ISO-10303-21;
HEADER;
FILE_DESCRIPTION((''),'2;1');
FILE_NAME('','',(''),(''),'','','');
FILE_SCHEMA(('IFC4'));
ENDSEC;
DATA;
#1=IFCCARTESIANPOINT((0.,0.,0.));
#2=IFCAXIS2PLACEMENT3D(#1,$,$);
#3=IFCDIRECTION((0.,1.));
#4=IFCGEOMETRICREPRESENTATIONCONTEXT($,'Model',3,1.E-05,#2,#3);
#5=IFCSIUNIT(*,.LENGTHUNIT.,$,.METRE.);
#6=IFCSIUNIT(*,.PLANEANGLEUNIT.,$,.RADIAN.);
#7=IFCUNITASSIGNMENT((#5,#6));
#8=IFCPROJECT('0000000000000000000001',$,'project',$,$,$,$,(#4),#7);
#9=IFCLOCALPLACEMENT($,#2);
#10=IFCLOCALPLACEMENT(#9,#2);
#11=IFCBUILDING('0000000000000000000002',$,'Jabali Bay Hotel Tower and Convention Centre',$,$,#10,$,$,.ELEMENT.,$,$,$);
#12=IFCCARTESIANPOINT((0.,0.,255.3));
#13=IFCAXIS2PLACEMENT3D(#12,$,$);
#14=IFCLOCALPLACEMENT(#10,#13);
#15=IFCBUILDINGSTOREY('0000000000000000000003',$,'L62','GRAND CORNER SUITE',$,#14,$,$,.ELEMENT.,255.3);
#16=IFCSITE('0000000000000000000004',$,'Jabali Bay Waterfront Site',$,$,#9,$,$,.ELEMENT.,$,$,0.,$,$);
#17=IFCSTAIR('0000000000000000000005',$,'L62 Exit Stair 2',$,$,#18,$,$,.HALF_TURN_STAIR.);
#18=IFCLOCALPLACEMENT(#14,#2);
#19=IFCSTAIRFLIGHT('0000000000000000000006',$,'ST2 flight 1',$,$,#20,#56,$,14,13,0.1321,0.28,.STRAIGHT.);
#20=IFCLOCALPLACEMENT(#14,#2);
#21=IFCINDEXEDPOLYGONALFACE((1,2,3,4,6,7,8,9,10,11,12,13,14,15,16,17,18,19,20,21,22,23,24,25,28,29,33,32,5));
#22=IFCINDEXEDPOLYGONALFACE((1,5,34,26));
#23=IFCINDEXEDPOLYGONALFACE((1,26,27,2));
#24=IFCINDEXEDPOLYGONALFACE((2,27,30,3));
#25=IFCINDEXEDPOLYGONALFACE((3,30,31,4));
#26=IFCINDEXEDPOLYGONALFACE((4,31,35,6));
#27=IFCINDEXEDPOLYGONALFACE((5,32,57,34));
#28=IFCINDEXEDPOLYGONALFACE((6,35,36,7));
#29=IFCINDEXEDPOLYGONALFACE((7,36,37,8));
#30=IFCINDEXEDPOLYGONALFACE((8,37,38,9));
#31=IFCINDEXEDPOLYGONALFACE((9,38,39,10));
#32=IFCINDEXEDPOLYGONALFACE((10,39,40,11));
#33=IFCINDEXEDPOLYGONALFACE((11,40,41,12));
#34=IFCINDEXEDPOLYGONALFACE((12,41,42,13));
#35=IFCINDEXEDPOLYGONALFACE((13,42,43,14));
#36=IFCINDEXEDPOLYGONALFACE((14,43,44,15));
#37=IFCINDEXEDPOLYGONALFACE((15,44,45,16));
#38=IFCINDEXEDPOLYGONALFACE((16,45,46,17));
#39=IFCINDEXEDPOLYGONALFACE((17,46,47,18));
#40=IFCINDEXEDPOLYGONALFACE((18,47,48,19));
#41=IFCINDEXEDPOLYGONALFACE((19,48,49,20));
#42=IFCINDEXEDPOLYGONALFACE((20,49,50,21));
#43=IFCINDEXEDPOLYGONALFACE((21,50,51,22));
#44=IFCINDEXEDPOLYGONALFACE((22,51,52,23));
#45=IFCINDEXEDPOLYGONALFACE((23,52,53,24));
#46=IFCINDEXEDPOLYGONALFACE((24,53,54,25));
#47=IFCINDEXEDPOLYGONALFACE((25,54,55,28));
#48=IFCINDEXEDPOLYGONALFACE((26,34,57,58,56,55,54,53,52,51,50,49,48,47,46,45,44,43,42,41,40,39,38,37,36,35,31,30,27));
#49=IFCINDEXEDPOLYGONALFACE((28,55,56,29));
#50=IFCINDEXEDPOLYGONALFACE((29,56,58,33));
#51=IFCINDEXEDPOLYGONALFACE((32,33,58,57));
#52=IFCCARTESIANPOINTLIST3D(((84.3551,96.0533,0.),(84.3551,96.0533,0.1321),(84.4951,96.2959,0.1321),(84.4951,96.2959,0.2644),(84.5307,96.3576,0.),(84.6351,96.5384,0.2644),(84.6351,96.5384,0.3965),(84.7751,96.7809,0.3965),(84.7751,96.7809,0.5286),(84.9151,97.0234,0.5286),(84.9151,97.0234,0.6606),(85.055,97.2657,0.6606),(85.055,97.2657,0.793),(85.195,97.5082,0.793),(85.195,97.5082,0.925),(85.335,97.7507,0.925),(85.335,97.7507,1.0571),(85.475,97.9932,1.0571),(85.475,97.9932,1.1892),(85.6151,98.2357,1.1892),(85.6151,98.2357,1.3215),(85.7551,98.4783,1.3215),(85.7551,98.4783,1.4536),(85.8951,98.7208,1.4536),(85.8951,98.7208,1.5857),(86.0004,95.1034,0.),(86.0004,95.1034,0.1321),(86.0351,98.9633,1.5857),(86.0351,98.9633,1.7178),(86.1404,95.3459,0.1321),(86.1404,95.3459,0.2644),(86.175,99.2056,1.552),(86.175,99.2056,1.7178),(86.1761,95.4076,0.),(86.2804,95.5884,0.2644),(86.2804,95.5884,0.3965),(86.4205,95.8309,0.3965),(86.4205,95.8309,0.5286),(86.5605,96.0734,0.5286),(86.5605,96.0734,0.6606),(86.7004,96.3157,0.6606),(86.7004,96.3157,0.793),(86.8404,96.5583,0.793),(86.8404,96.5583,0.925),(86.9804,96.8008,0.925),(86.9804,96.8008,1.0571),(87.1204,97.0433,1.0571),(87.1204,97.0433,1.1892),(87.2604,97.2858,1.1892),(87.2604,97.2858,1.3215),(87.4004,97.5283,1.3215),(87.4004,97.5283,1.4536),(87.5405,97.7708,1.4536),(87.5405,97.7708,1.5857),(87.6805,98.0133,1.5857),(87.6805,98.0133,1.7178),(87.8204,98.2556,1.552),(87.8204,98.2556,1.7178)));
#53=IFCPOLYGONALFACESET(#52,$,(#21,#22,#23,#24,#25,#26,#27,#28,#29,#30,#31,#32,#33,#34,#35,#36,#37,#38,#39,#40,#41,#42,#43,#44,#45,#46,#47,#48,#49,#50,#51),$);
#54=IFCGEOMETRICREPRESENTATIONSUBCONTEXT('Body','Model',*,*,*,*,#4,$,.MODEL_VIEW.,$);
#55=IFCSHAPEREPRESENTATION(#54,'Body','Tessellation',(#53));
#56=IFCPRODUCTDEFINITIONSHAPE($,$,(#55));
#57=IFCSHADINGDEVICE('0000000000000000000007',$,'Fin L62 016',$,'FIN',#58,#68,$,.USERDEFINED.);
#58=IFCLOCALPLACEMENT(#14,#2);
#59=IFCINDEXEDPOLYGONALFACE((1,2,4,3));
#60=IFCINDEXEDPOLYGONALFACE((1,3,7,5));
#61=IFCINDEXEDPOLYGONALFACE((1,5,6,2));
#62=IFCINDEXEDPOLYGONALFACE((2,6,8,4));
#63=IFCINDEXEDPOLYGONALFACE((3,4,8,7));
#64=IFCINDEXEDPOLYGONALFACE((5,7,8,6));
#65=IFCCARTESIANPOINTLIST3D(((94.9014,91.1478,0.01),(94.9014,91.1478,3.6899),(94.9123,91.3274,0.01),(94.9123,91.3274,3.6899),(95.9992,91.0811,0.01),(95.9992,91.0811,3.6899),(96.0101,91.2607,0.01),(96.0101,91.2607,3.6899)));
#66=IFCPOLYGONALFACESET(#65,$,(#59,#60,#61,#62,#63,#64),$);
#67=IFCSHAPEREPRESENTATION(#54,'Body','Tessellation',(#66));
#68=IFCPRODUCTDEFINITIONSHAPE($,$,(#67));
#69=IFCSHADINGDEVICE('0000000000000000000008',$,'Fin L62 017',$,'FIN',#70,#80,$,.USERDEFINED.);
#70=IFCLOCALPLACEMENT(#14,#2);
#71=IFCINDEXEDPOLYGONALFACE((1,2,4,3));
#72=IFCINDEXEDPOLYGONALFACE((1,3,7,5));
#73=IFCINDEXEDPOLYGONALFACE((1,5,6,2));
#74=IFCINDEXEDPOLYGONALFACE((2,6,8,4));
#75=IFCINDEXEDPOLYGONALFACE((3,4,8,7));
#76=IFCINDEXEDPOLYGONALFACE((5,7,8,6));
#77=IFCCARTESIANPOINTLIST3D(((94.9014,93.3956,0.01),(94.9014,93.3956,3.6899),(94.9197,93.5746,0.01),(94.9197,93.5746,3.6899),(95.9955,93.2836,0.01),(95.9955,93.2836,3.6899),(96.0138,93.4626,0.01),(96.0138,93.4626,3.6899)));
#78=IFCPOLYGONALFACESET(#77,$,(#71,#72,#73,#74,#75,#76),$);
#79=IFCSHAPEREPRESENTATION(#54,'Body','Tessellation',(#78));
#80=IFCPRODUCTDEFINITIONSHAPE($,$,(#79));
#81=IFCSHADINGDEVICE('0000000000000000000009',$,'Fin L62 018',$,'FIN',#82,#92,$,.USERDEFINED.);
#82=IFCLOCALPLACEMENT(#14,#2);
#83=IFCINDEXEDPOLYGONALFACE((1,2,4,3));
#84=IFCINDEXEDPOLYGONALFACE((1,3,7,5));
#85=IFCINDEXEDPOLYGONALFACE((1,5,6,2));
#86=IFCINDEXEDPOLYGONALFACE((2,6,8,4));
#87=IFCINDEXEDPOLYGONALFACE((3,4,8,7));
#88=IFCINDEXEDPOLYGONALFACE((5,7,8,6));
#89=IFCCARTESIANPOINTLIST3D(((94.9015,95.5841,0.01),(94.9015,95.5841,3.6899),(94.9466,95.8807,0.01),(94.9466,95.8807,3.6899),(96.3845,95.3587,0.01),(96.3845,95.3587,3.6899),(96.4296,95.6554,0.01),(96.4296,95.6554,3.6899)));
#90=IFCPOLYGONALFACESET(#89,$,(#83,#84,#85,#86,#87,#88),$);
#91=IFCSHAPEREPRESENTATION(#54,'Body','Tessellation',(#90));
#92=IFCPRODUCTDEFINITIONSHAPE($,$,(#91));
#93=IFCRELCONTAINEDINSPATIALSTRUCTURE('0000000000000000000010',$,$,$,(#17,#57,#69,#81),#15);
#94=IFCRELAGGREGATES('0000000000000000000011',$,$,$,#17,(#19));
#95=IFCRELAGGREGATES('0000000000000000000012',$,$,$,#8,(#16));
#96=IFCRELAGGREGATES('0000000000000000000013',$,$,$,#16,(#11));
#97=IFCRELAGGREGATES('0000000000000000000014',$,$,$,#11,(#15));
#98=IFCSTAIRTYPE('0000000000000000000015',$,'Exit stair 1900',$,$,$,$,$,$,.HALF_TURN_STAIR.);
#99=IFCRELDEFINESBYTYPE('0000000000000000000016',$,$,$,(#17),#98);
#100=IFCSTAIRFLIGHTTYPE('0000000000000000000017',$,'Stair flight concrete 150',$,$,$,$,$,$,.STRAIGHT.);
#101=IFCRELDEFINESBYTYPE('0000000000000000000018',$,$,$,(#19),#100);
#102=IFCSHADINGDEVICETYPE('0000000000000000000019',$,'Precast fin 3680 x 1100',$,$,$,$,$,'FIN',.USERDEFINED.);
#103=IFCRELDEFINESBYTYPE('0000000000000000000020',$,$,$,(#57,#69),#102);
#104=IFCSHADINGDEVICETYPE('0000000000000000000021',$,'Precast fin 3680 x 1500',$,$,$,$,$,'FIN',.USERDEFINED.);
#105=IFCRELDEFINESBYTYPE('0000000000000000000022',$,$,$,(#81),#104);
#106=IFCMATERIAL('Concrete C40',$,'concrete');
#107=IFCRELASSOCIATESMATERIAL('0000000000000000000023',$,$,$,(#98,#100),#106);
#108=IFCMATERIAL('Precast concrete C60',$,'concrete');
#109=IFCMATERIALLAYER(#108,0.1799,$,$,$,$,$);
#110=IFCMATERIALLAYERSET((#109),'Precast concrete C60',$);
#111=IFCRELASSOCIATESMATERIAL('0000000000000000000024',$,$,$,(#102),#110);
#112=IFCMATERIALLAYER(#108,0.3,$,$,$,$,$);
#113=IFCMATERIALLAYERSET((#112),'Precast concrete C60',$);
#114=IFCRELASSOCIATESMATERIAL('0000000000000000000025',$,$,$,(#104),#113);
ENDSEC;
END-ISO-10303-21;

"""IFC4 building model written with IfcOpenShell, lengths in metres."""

from ifc_helpers import new_model, si_unit, direction, frame, frame_2d, origin, place, context, subcontext, project, spatial, polyline, rectangle, outline, extrude, material, layer, layer_set, type_object, element, aggregate, save


model = new_model("IFC4")

# Units and contexts
model_context = context("Model", 3, precision=1e-05, world=origin(), true_north=direction((0.0, 1.0)))
body_context = subcontext(model_context, "Body", "Model", "MODEL_VIEW")
ifc_project = project(units=[si_unit("LENGTHUNIT", "METRE"), si_unit("PLANEANGLEUNIT", "RADIAN")], contexts=[model_context])

# Site, building, storey
site_placement = place(None, origin())
site = spatial("IfcSite", under=ifc_project, at=site_placement, Name="Jabali Bay Waterfront Site", CompositionType="ELEMENT", RefElevation=0.0)
building_placement = place(site_placement, origin())
building = spatial("IfcBuilding", under=site, at=building_placement, Name="Jabali Bay Hotel Tower and Convention Centre", CompositionType="ELEMENT")
storey_placement = place(building_placement, frame((0.0, 0.0, 255.3)))
storey = spatial("IfcBuildingStorey", under=building, at=storey_placement, Name="L62", Description="GRAND CORNER SUITE", CompositionType="ELEMENT", Elevation=255.3)

# Shared definitions
ifc_material_1 = material(Name="Concrete C40", Category="concrete")

# Stair, stair flight
stair_type = type_object("IfcStairType", Name="Exit stair 1900", PredefinedType="HALF_TURN_STAIR", material=ifc_material_1)
stair_placement = place(storey_placement, origin())
stair = element("IfcStair", 1, at=stair_placement, inside=storey, type_object=stair_type, Name="L62 Exit Stair 2", PredefinedType="HALF_TURN_STAIR")
stair_flight_type = type_object("IfcStairFlightType", Name="Stair flight concrete 150", PredefinedType="STRAIGHT", material=ifc_material_1)
stair_flight_placement = place(storey_placement, frame((85.1777, 95.5784, 0.0), z_axis=(0.0, 0.0, 1.0), x_axis=(0.5, 0.866025, 0.0)))
stair_flight = element("IfcStairFlight", 2, at=stair_flight_placement, type_object=stair_flight_type, Name="ST2 flight 1", NumberOfRisers=14, NumberOfTreads=13, PredefinedType="STRAIGHT", RiserHeight=0.1321, TreadLength=0.28, context=body_context, shape_type="SweptSolid", body=[
    extrude(outline(polyline([(0.0, 0.0), (0.0, 0.1321), (0.28, 0.1321), (0.28, 0.2644), (0.5601, 0.2644), (0.5601, 0.3965), (0.8401, 0.3965), (0.8401, 0.5286), (1.1201, 0.5286), (1.1201, 0.6606), (1.3999, 0.6606), (1.3999, 0.793), (1.6799, 0.793), (1.6799, 0.925), (1.96, 0.925), (1.96, 1.0571), (2.24, 1.0571), (2.24, 1.1892), (2.52, 1.1892), (2.52, 1.3215), (2.8, 1.3215), (2.8, 1.4536), (3.0801, 1.4536), (3.0801, 1.5857), (3.3601, 1.5857), (3.3601, 1.7178), (3.6399, 1.7178), (3.6399, 1.8501), (3.6399, 1.552), (0.3513, 0.0), (0.0, 0.0)])), frame((0.0, 0.95, 0.0), z_axis=(0.0, -1.0, 0.0), x_axis=(1.0, 0.0, 0.0)), (0.0, 0.0, 1.0), 1.8999),
])
aggregate(stair, [stair_flight])

# Shading devices
ifc_material_2 = material(Name="Precast concrete C60", Category="concrete")
ifc_layer_1 = layer(ifc_material_2, 0.1799)
ifc_layer_set_1 = layer_set([ifc_layer_1], Name="Precast concrete C60")
shading_device_type_1 = type_object("IfcShadingDeviceType", Name="Precast fin 3680 x 1100", ElementType="FIN", PredefinedType="USERDEFINED", material=ifc_layer_set_1)
for number, where, z_axis, x_axis, name in (
    (3, (94.907, 91.2375, 0.01), (0.0, 0.0, 1.0), (0.998162, -0.060596, 0.0), "Fin L62 016"),
    (4, (94.9106, 93.4851, 0.01), (0.0, 0.0, 1.0), (0.994797, -0.101877, 0.0), "Fin L62 017"),
):
    element("IfcShadingDevice", number, at=place(storey_placement, frame(where, z_axis=z_axis, x_axis=x_axis)), inside=storey, type_object=shading_device_type_1, Name=name, ObjectType="FIN", PredefinedType="USERDEFINED", context=body_context, shape_type="SweptSolid", body=[
        extrude(rectangle(XDim=1.0999, YDim=0.1799, at=frame_2d((0.5498, 0.0))), origin(), (0.0, 0.0, 1.0), 3.6799),
    ])
ifc_layer_2 = layer(ifc_material_2, 0.3)
ifc_layer_set_2 = layer_set([ifc_layer_2], Name="Precast concrete C60")
shading_device_type_2 = type_object("IfcShadingDeviceType", Name="Precast fin 3680 x 1500", ElementType="FIN", PredefinedType="USERDEFINED", material=ifc_layer_set_2)
shading_device_placement = place(storey_placement, frame((94.9241, 95.7324, 0.01), z_axis=(0.0, 0.0, 1.0), x_axis=(0.98865, -0.150234, 0.0)))
element("IfcShadingDevice", 5, at=shading_device_placement, inside=storey, type_object=shading_device_type_2, Name="Fin L62 018", ObjectType="FIN", PredefinedType="USERDEFINED", context=body_context, shape_type="SweptSolid", body=[
    extrude(rectangle(XDim=1.5, YDim=0.3, at=frame_2d((0.75, 0.0))), origin(), (0.0, 0.0, 1.0), 3.6799),
])

save(model, "model.ifc")
